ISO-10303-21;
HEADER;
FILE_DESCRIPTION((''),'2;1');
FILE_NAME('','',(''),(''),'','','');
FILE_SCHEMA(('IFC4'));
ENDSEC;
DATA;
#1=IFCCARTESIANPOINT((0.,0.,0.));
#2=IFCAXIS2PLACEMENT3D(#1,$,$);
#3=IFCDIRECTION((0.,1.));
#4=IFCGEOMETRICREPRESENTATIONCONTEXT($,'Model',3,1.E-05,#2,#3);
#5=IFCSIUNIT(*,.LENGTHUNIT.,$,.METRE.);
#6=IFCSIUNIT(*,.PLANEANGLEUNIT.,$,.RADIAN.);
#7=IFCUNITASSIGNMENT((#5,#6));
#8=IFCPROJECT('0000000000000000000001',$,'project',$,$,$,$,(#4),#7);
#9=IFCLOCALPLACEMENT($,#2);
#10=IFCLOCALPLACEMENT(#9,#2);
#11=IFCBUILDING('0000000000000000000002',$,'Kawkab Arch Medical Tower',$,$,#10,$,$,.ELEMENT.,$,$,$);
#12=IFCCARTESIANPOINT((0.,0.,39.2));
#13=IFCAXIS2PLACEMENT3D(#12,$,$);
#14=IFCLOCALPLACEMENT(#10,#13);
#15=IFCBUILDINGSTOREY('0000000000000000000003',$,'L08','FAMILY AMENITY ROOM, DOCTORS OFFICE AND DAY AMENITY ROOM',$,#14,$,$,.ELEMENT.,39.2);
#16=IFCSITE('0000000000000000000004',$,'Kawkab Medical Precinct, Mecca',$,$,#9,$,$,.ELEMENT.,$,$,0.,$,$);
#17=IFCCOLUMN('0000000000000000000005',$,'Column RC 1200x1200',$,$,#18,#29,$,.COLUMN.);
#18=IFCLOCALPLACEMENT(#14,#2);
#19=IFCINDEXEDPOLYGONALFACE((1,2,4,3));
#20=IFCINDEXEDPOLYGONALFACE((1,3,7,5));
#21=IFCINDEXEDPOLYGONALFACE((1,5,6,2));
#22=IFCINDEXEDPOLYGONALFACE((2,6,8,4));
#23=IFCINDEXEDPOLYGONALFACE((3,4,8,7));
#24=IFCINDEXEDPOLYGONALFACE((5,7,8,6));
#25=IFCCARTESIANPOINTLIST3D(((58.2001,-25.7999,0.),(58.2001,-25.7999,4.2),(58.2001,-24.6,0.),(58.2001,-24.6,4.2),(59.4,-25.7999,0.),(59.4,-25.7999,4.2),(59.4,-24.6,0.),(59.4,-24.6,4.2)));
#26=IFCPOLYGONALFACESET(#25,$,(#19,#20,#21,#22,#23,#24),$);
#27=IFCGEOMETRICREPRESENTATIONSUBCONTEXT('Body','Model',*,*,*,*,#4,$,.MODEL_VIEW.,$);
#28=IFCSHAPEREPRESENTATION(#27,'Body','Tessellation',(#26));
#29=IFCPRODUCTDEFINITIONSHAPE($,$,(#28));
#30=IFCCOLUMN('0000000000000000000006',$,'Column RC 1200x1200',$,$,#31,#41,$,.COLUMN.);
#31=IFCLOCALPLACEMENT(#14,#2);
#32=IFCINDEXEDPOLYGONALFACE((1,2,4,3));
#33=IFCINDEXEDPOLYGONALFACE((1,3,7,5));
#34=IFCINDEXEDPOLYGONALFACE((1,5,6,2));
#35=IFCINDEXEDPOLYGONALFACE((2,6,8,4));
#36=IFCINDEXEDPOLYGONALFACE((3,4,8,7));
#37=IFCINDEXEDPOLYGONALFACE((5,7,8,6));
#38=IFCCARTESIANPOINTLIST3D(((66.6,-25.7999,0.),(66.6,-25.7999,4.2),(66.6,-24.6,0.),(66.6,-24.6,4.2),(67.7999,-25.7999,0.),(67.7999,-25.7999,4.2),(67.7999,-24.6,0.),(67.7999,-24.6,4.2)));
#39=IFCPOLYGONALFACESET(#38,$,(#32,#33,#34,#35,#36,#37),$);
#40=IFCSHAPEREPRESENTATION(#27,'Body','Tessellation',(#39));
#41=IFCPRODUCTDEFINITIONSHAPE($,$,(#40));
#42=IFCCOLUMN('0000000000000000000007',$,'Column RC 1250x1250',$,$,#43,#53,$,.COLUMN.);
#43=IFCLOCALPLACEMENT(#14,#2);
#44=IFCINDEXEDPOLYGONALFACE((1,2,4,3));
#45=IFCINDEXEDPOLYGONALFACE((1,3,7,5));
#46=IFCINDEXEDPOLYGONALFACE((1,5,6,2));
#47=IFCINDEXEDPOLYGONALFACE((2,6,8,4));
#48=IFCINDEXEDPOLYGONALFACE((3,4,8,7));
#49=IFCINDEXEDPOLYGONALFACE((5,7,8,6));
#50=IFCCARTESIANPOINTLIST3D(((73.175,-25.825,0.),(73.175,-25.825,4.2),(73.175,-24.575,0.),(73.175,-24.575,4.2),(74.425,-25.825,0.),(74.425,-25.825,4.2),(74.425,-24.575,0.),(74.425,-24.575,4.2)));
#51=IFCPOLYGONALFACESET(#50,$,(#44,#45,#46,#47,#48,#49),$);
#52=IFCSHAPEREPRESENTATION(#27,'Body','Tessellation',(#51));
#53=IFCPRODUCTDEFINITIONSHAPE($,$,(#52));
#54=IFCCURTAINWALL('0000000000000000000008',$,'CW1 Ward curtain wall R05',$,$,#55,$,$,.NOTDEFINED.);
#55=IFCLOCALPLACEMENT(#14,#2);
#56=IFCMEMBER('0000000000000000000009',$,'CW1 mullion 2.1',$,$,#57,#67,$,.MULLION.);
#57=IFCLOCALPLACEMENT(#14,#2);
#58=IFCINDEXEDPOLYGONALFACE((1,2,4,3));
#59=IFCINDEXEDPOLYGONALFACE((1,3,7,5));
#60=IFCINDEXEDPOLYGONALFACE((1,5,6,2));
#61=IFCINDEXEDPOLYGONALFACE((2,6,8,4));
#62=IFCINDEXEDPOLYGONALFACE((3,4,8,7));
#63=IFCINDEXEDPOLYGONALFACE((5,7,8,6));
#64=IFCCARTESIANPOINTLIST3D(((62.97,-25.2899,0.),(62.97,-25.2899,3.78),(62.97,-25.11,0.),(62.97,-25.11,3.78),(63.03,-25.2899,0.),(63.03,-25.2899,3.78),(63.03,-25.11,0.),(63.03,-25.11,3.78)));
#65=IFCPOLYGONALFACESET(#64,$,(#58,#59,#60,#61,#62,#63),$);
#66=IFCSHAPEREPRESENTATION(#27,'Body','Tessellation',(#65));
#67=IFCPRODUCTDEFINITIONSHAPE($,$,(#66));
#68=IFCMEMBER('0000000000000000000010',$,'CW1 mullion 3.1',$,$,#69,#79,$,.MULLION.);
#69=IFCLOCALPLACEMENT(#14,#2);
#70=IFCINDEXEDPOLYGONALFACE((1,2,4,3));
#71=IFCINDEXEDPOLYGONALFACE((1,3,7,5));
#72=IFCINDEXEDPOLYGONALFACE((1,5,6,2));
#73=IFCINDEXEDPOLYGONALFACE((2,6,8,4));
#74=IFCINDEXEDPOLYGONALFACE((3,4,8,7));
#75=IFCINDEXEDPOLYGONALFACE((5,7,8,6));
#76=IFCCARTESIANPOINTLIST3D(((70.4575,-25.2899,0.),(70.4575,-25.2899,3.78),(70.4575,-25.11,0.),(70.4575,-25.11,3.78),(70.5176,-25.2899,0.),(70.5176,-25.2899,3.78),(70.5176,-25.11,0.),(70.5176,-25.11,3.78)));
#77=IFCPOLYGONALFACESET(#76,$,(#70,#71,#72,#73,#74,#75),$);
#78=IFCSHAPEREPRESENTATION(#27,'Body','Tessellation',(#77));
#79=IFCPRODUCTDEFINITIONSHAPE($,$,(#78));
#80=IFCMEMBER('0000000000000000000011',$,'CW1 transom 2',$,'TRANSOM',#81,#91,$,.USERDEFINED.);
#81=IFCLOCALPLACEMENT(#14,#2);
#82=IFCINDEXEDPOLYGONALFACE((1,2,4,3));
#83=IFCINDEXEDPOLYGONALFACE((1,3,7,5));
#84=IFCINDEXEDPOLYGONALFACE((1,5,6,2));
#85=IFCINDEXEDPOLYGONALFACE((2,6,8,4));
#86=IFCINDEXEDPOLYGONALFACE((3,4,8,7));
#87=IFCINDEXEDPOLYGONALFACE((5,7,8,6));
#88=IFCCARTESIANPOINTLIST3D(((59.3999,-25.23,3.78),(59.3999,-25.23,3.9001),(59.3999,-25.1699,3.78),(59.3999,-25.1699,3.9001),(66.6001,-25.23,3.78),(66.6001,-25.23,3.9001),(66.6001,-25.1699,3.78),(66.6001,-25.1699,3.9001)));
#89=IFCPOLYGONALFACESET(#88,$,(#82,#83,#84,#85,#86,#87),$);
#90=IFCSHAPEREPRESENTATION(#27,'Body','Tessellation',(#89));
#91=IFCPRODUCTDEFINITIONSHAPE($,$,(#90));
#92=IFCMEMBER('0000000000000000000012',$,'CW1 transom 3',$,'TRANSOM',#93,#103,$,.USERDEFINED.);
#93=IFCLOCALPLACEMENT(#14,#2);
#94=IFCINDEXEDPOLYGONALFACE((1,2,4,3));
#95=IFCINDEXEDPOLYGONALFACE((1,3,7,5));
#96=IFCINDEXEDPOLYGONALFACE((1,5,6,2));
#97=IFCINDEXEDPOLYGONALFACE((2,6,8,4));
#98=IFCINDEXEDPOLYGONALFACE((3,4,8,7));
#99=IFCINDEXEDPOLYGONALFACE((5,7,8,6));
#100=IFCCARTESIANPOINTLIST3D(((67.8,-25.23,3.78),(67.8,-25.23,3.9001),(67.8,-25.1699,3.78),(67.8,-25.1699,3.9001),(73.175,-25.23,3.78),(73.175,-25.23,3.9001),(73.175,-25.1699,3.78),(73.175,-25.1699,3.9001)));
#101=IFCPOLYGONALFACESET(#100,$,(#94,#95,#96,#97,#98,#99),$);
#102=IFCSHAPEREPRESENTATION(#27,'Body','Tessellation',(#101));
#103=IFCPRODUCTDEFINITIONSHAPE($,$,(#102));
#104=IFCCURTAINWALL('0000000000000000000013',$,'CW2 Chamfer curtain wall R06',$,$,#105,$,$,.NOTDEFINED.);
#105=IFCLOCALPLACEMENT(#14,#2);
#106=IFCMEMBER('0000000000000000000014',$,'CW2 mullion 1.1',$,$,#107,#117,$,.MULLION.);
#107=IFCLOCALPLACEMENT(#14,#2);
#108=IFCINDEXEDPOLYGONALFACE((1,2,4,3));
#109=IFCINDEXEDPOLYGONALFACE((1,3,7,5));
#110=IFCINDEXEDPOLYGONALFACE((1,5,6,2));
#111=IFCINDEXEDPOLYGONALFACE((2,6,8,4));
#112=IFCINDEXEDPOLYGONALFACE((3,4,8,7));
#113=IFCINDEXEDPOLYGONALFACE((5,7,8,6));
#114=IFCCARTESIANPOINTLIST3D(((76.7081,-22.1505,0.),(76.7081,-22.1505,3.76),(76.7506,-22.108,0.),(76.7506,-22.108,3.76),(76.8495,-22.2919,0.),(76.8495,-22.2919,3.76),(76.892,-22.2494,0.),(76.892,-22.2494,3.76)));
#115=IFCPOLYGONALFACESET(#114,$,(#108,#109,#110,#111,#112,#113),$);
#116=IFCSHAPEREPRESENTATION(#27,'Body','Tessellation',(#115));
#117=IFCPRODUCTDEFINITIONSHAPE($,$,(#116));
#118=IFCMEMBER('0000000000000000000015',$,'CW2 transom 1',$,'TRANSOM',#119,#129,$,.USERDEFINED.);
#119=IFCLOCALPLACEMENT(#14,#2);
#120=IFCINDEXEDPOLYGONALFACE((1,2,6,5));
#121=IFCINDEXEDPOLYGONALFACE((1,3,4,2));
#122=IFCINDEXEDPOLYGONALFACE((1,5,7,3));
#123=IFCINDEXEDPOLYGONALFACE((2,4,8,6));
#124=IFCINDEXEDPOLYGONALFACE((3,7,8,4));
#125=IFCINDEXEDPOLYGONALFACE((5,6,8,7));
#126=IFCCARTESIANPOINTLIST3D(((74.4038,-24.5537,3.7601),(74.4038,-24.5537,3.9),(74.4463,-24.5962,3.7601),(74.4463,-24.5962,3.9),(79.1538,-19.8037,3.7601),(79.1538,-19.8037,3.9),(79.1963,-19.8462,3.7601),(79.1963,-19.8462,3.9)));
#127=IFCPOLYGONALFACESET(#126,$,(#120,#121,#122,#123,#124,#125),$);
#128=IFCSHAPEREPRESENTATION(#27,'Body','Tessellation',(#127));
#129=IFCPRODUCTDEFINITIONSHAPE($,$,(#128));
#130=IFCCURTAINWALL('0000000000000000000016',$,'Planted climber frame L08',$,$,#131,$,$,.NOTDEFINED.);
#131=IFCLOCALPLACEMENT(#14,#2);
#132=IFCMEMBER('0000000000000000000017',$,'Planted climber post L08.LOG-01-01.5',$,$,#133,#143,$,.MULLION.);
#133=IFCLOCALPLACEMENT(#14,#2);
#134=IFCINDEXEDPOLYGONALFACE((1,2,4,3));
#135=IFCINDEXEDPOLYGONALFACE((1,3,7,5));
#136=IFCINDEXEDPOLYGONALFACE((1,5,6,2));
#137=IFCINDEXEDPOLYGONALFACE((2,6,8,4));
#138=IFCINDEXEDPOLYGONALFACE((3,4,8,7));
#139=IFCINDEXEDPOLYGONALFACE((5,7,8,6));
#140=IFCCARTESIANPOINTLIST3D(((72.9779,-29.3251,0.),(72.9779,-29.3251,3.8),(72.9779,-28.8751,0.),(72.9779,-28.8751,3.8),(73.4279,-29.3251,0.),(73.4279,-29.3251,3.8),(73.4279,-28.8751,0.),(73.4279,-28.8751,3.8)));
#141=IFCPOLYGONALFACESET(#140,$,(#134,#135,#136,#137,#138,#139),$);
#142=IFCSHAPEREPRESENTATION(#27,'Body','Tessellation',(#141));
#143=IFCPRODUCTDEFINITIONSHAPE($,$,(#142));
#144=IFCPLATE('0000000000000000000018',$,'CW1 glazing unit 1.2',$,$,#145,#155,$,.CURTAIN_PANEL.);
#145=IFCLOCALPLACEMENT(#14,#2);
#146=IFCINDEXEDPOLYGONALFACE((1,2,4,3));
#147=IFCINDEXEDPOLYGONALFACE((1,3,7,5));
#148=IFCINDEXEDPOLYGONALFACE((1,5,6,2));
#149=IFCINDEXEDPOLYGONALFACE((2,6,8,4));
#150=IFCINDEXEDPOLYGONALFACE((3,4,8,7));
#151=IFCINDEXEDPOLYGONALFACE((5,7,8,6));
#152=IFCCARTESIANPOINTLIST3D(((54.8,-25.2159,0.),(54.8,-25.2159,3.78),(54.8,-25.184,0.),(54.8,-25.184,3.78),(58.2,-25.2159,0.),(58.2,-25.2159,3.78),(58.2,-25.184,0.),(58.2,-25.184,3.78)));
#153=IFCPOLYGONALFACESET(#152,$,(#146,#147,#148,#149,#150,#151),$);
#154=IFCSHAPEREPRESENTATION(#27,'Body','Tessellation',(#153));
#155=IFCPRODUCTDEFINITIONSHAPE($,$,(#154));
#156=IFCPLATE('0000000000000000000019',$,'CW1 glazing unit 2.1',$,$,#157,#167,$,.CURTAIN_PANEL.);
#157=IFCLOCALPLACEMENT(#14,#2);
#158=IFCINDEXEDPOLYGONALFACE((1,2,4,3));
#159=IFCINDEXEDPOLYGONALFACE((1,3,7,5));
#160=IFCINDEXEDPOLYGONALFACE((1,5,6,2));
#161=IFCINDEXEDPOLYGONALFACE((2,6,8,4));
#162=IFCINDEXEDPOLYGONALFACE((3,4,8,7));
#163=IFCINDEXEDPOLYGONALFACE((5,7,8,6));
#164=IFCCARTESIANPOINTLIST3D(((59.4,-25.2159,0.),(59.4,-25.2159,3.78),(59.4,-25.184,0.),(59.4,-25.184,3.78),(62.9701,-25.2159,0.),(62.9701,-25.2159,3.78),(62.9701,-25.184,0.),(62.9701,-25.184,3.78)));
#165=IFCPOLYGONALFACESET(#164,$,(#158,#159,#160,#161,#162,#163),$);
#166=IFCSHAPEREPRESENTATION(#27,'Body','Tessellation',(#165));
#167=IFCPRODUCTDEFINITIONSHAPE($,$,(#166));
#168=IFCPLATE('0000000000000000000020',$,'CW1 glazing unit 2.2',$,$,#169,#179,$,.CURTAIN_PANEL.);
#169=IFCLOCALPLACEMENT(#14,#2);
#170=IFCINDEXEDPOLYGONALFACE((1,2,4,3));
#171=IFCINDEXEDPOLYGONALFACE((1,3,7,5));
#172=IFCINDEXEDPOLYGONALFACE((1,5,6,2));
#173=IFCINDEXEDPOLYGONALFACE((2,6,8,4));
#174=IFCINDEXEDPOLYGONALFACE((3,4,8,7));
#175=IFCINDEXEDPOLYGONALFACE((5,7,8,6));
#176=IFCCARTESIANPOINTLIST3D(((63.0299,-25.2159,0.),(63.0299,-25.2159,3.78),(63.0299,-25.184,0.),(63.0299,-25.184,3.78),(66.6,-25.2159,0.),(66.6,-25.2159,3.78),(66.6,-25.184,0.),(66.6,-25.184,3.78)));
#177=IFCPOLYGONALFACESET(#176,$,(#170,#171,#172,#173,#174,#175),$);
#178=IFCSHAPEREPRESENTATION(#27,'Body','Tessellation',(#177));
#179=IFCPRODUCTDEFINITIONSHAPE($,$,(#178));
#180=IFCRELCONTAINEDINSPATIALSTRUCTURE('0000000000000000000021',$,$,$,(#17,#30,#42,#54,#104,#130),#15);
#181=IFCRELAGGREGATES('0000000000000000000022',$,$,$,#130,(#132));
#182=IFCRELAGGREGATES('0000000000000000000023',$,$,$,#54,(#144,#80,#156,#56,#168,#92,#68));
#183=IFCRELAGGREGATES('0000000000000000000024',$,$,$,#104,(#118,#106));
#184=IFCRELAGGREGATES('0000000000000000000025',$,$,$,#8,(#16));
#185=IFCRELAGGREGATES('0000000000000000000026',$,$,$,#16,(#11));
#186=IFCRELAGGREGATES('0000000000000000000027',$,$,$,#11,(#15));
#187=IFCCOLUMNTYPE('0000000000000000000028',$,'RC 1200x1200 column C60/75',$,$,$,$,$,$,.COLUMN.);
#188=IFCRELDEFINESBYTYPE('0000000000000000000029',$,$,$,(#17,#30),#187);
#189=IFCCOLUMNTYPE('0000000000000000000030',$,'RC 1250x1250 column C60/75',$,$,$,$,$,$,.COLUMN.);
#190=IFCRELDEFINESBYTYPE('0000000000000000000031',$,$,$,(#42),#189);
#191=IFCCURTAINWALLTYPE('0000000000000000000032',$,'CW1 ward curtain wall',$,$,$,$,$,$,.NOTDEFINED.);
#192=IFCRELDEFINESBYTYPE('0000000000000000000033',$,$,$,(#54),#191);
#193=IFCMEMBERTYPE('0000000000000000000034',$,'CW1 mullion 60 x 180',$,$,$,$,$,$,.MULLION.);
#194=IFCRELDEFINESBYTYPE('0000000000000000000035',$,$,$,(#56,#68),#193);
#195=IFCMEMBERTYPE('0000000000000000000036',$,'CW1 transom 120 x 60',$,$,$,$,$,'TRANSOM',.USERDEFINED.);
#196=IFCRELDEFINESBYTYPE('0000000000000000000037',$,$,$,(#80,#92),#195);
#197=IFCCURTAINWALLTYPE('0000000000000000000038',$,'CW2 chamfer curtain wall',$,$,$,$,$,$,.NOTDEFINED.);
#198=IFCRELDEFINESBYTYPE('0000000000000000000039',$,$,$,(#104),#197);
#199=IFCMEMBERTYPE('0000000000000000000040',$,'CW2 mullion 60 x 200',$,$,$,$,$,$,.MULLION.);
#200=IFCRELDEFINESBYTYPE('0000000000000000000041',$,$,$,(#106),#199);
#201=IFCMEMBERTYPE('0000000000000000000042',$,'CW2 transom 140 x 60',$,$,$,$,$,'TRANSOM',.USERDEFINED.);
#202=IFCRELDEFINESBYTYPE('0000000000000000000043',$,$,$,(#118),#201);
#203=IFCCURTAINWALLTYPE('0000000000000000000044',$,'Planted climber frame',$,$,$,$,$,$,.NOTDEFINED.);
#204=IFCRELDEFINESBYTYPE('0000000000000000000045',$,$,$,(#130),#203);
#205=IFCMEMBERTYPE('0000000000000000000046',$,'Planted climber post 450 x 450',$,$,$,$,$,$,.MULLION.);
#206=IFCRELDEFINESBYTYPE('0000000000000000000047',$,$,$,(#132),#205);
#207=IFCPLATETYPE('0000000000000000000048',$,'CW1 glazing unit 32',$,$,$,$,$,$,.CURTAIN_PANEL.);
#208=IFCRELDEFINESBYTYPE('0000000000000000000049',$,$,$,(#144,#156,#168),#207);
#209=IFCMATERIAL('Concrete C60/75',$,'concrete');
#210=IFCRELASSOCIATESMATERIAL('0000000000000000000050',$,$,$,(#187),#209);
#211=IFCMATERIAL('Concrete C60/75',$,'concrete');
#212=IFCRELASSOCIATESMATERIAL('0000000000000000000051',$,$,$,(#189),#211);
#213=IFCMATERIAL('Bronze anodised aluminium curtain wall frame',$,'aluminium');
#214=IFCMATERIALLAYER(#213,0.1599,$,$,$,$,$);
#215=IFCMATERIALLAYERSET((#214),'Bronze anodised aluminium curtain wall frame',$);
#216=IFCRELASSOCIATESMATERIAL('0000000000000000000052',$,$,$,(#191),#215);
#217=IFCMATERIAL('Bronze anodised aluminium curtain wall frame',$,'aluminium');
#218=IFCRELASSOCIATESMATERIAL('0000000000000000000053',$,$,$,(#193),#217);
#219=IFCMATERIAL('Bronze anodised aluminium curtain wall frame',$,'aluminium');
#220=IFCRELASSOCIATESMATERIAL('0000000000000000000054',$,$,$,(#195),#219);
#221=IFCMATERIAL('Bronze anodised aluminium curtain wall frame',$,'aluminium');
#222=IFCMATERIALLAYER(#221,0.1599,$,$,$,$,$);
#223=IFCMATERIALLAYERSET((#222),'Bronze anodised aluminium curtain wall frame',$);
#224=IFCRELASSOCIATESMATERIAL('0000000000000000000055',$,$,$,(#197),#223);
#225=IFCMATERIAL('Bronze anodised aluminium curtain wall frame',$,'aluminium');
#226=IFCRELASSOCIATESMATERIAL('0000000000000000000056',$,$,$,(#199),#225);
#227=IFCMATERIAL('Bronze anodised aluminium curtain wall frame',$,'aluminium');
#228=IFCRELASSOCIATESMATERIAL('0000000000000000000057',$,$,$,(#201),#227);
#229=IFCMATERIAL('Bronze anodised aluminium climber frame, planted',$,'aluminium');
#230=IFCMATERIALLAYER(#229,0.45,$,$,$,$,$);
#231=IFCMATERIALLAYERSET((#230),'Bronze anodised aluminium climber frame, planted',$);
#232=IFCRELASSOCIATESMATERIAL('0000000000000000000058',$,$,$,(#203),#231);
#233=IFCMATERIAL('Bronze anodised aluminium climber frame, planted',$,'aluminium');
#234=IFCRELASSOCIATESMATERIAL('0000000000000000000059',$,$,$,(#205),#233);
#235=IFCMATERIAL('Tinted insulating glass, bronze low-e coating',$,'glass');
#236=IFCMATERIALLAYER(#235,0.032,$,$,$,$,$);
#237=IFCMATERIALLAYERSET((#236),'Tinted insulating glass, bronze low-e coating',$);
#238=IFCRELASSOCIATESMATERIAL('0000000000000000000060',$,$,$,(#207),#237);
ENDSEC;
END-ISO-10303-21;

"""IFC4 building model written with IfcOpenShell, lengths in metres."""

from ifc_helpers import new_model, si_unit, direction, frame, origin, origin_2d, place, context, subcontext, project, spatial, rectangle, extrude, material, layer, layer_set, material_profile, profile_set, type_object, element, aggregate, save


model = new_model("IFC4")

# Units and contexts
model_context = context("Model", 3, precision=1e-05, world=origin(), true_north=direction((0.0, 1.0)))
body_context = subcontext(model_context, "Body", "Model", "MODEL_VIEW")
ifc_project = project(units=[si_unit("LENGTHUNIT", "METRE"), si_unit("PLANEANGLEUNIT", "RADIAN")], contexts=[model_context])

# Site, building, storey
site_placement = place(None, origin())
site = spatial("IfcSite", under=ifc_project, at=site_placement, Name="Kawkab Medical Precinct, Mecca", CompositionType="ELEMENT", RefElevation=0.0)
building_placement = place(site_placement, origin())
building = spatial("IfcBuilding", under=site, at=building_placement, Name="Kawkab Arch Medical Tower", CompositionType="ELEMENT")
storey_placement = place(building_placement, frame((0.0, 0.0, 39.2)))
storey = spatial("IfcBuildingStorey", under=building, at=storey_placement, Name="L08", Description="FAMILY AMENITY ROOM, DOCTORS OFFICE AND DAY AMENITY ROOM", CompositionType="ELEMENT", Elevation=39.2)

# Columns
ifc_material_1 = material(Name="Concrete C60/75", Category="concrete")
ifc_material_profile_1 = material_profile(ifc_material_1, rectangle(XDim=1.2, YDim=1.2, at=origin_2d()), Name="RC 1200x1200")
ifc_profile_set_1 = profile_set([ifc_material_profile_1], Name="Concrete C60/75")
column_type_1 = type_object("IfcColumnType", Name="RC 1200x1200 column C60/75", PredefinedType="COLUMN", material=ifc_profile_set_1)
for number, where, z_axis, x_axis, name in (
    (1, (58.8, -25.2, 0.0), (0.0, 0.0, 1.0), (1.0, 0.0, 0.0), "Column RC 1200x1200"),
    (2, (67.2, -25.2, 0.0), (0.0, 0.0, 1.0), (1.0, 0.0, 0.0), "Column RC 1200x1200"),
):
    element("IfcColumn", number, at=place(storey_placement, frame(where, z_axis=z_axis, x_axis=x_axis)), inside=storey, type_object=column_type_1, Name=name, PredefinedType="COLUMN", context=body_context, shape_type="SweptSolid", body=[
        extrude(rectangle(XDim=1.2, YDim=1.2, at=origin_2d()), origin(), (0.0, 0.0, 1.0), 4.2),
    ])
ifc_material_2 = material(Name="Concrete C60/75", Category="concrete")
ifc_material_profile_2 = material_profile(ifc_material_2, rectangle(XDim=1.25, YDim=1.25, at=origin_2d()), Name="RC 1250x1250")
ifc_profile_set_2 = profile_set([ifc_material_profile_2], Name="Concrete C60/75")
column_type_2 = type_object("IfcColumnType", Name="RC 1250x1250 column C60/75", PredefinedType="COLUMN", material=ifc_profile_set_2)
column_placement = place(storey_placement, frame((73.8, -25.2, 0.0), z_axis=(0.0, 0.0, 1.0), x_axis=(1.0, 0.0, 0.0)))
element("IfcColumn", 3, at=column_placement, inside=storey, type_object=column_type_2, Name="Column RC 1250x1250", PredefinedType="COLUMN", context=body_context, shape_type="SweptSolid", body=[
    extrude(rectangle(XDim=1.25, YDim=1.25, at=origin_2d()), origin(), (0.0, 0.0, 1.0), 4.2),
])

# Curtain walls, members
ifc_material_3 = material(Name="Bronze anodised aluminium curtain wall frame", Category="aluminium")
ifc_layer_1 = layer(ifc_material_3, 0.1599)
ifc_layer_set_1 = layer_set([ifc_layer_1], Name="Bronze anodised aluminium curtain wall frame")
curtain_wall_type_1 = type_object("IfcCurtainWallType", Name="CW1 ward curtain wall", PredefinedType="NOTDEFINED", material=ifc_layer_set_1)
placement = place(storey_placement, origin())
curtain_wall_1 = element("IfcCurtainWall", 4, at=placement, inside=storey, type_object=curtain_wall_type_1, Name="CW1 Ward curtain wall R05", PredefinedType="NOTDEFINED")
ifc_material_4 = material(Name="Bronze anodised aluminium curtain wall frame", Category="aluminium")
ifc_material_profile_3 = material_profile(ifc_material_4, rectangle(XDim=0.1799, YDim=0.0601, at=origin_2d()), Name="AL 60x180")
ifc_profile_set_3 = profile_set([ifc_material_profile_3], Name="Bronze anodised aluminium curtain wall frame")
member_type_1 = type_object("IfcMemberType", Name="CW1 mullion 60 x 180", PredefinedType="MULLION", material=ifc_profile_set_3)
member_1_placement = place(storey_placement, frame((63.0, -25.2, 0.0), z_axis=(0.0, 0.0, 1.0), x_axis=(0.0, 1.0, 0.0)))
member_1 = element("IfcMember", 5, at=member_1_placement, type_object=member_type_1, Name="CW1 mullion 2.1", PredefinedType="MULLION", context=body_context, shape_type="SweptSolid", body=[
    extrude(rectangle(XDim=0.1799, YDim=0.0601, at=origin_2d()), origin(), (0.0, 0.0, 1.0), 3.78),
])
member_2_placement = place(storey_placement, frame((70.4875, -25.2, 0.0), z_axis=(0.0, 0.0, 1.0), x_axis=(0.0, 1.0, 0.0)))
member_2 = element("IfcMember", 6, at=member_2_placement, type_object=member_type_1, Name="CW1 mullion 3.1", PredefinedType="MULLION", context=body_context, shape_type="SweptSolid", body=[
    extrude(rectangle(XDim=0.1799, YDim=0.0601, at=origin_2d()), origin(), (0.0, 0.0, 1.0), 3.78),
])
ifc_material_5 = material(Name="Bronze anodised aluminium curtain wall frame", Category="aluminium")
ifc_material_profile_4 = material_profile(ifc_material_5, rectangle(XDim=0.0601, YDim=0.1201, at=origin_2d()), Name="AL 60x120")
ifc_profile_set_4 = profile_set([ifc_material_profile_4], Name="Bronze anodised aluminium curtain wall frame")
member_type_2 = type_object("IfcMemberType", Name="CW1 transom 120 x 60", ElementType="TRANSOM", PredefinedType="USERDEFINED", material=ifc_profile_set_4)
member_3_placement = place(storey_placement, frame((59.3999, -25.2, 3.8401), z_axis=(1.0, 0.0, 0.0), x_axis=(0.0, 1.0, 0.0)))
member_3 = element("IfcMember", 7, at=member_3_placement, type_object=member_type_2, Name="CW1 transom 2", ObjectType="TRANSOM", PredefinedType="USERDEFINED", context=body_context, shape_type="SweptSolid", body=[
    extrude(rectangle(XDim=0.0601, YDim=0.1201, at=origin_2d()), origin(), (0.0, 0.0, 1.0), 7.2002),
])
member_4_placement = place(storey_placement, frame((67.8, -25.2, 3.8401), z_axis=(1.0, 0.0, 0.0), x_axis=(0.0, 1.0, 0.0)))
member_4 = element("IfcMember", 8, at=member_4_placement, type_object=member_type_2, Name="CW1 transom 3", ObjectType="TRANSOM", PredefinedType="USERDEFINED", context=body_context, shape_type="SweptSolid", body=[
    extrude(rectangle(XDim=0.0601, YDim=0.1201, at=origin_2d()), origin(), (0.0, 0.0, 1.0), 5.375),
])
ifc_material_6 = material(Name="Bronze anodised aluminium curtain wall frame", Category="aluminium")
ifc_layer_2 = layer(ifc_material_6, 0.1599)
ifc_layer_set_2 = layer_set([ifc_layer_2], Name="Bronze anodised aluminium curtain wall frame")
curtain_wall_type_2 = type_object("IfcCurtainWallType", Name="CW2 chamfer curtain wall", PredefinedType="NOTDEFINED", material=ifc_layer_set_2)
curtain_wall_2 = element("IfcCurtainWall", 9, at=placement, inside=storey, type_object=curtain_wall_type_2, Name="CW2 Chamfer curtain wall R06", PredefinedType="NOTDEFINED")
ifc_material_7 = material(Name="Bronze anodised aluminium curtain wall frame", Category="aluminium")
ifc_material_profile_5 = material_profile(ifc_material_7, rectangle(XDim=0.2, YDim=0.0601, at=origin_2d()), Name="AL 60x200")
ifc_profile_set_5 = profile_set([ifc_material_profile_5], Name="Bronze anodised aluminium curtain wall frame")
member_type_3 = type_object("IfcMemberType", Name="CW2 mullion 60 x 200", PredefinedType="MULLION", material=ifc_profile_set_5)
member_5_placement = place(storey_placement, frame((76.8, -22.2, 0.0), z_axis=(0.0, 0.0, 1.0), x_axis=(-0.707107, 0.707107, 0.0)))
member_5 = element("IfcMember", 10, at=member_5_placement, type_object=member_type_3, Name="CW2 mullion 1.1", PredefinedType="MULLION", context=body_context, shape_type="SweptSolid", body=[
    extrude(rectangle(XDim=0.2, YDim=0.0601, at=origin_2d()), origin(), (0.0, 0.0, 1.0), 3.76),
])
ifc_material_8 = material(Name="Bronze anodised aluminium curtain wall frame", Category="aluminium")
ifc_material_profile_6 = material_profile(ifc_material_8, rectangle(XDim=0.0601, YDim=0.1399, at=origin_2d()), Name="AL 60x140")
ifc_profile_set_6 = profile_set([ifc_material_profile_6], Name="Bronze anodised aluminium curtain wall frame")
member_type_4 = type_object("IfcMemberType", Name="CW2 transom 140 x 60", ElementType="TRANSOM", PredefinedType="USERDEFINED", material=ifc_profile_set_6)
member_6_placement = place(storey_placement, frame((74.425, -24.575, 3.8301), z_axis=(0.707107, 0.707107, 0.0), x_axis=(-0.707107, 0.707107, 0.0)))
member_6 = element("IfcMember", 11, at=member_6_placement, type_object=member_type_4, Name="CW2 transom 1", ObjectType="TRANSOM", PredefinedType="USERDEFINED", context=body_context, shape_type="SweptSolid", body=[
    extrude(rectangle(XDim=0.0601, YDim=0.1399, at=origin_2d()), origin(), (0.0, 0.0, 1.0), 6.7175),
])

# Curtain wall, member
ifc_material_9 = material(Name="Bronze anodised aluminium climber frame, planted", Category="aluminium")
ifc_layer_3 = layer(ifc_material_9, 0.45)
ifc_layer_set_3 = layer_set([ifc_layer_3], Name="Bronze anodised aluminium climber frame, planted")
curtain_wall_type_3 = type_object("IfcCurtainWallType", Name="Planted climber frame", PredefinedType="NOTDEFINED", material=ifc_layer_set_3)
curtain_wall_3 = element("IfcCurtainWall", 12, at=placement, inside=storey, type_object=curtain_wall_type_3, Name="Planted climber frame L08", PredefinedType="NOTDEFINED")
ifc_material_10 = material(Name="Bronze anodised aluminium climber frame, planted", Category="aluminium")
ifc_material_profile_7 = material_profile(ifc_material_10, rectangle(XDim=0.45, YDim=0.45, at=origin_2d()), Name="Post 450x450")
ifc_profile_set_7 = profile_set([ifc_material_profile_7], Name="Bronze anodised aluminium climber frame, planted")
member_type_5 = type_object("IfcMemberType", Name="Planted climber post 450 x 450", PredefinedType="MULLION", material=ifc_profile_set_7)
member_7_placement = place(storey_placement, frame((73.2029, -29.1001, 0.0), z_axis=(0.0, 0.0, 1.0), x_axis=(1.0, 0.0, 0.0)))
member_7 = element("IfcMember", 13, at=member_7_placement, type_object=member_type_5, Name="Planted climber post L08.LOG-01-01.5", PredefinedType="MULLION", context=body_context, shape_type="SweptSolid", body=[
    extrude(rectangle(XDim=0.45, YDim=0.45, at=origin_2d()), origin(), (0.0, 0.0, 1.0), 3.8),
])
aggregate(curtain_wall_3, [member_7])

# Plates
ifc_material_11 = material(Name="Tinted insulating glass, bronze low-e coating", Category="glass")
ifc_layer_4 = layer(ifc_material_11, 0.032)
ifc_layer_set_4 = layer_set([ifc_layer_4], Name="Tinted insulating glass, bronze low-e coating")
plate_type_1 = type_object("IfcPlateType", Name="CW1 glazing unit 32", PredefinedType="CURTAIN_PANEL", material=ifc_layer_set_4)
plate_1_placement = place(storey_placement, frame((56.5, -25.2, 0.0), z_axis=(0.0, 0.0, 1.0), x_axis=(1.0, 0.0, 0.0)))
plate_1 = element("IfcPlate", 14, at=plate_1_placement, type_object=plate_type_1, Name="CW1 glazing unit 1.2", PredefinedType="CURTAIN_PANEL", context=body_context, shape_type="SweptSolid", body=[
    extrude(rectangle(XDim=3.3999, YDim=0.032, at=origin_2d()), origin(), (0.0, 0.0, 1.0), 3.78),
])
plate_2_placement = place(storey_placement, frame((61.1851, -25.2, 0.0), z_axis=(0.0, 0.0, 1.0), x_axis=(1.0, 0.0, 0.0)))
plate_2 = element("IfcPlate", 15, at=plate_2_placement, type_object=plate_type_1, Name="CW1 glazing unit 2.1", PredefinedType="CURTAIN_PANEL", context=body_context, shape_type="SweptSolid", body=[
    extrude(rectangle(XDim=3.5701, YDim=0.032, at=origin_2d()), origin(), (0.0, 0.0, 1.0), 3.78),
])
plate_3_placement = place(storey_placement, frame((64.8149, -25.2, 0.0), z_axis=(0.0, 0.0, 1.0), x_axis=(1.0, 0.0, 0.0)))
plate_3 = element("IfcPlate", 16, at=plate_3_placement, type_object=plate_type_1, Name="CW1 glazing unit 2.2", PredefinedType="CURTAIN_PANEL", context=body_context, shape_type="SweptSolid", body=[
    extrude(rectangle(XDim=3.5701, YDim=0.032, at=origin_2d()), origin(), (0.0, 0.0, 1.0), 3.78),
])
aggregate(curtain_wall_1, [plate_1, member_3, plate_2, member_1, plate_3, member_4, member_2])
aggregate(curtain_wall_2, [member_6, member_5])

save(model, "model.ifc")
